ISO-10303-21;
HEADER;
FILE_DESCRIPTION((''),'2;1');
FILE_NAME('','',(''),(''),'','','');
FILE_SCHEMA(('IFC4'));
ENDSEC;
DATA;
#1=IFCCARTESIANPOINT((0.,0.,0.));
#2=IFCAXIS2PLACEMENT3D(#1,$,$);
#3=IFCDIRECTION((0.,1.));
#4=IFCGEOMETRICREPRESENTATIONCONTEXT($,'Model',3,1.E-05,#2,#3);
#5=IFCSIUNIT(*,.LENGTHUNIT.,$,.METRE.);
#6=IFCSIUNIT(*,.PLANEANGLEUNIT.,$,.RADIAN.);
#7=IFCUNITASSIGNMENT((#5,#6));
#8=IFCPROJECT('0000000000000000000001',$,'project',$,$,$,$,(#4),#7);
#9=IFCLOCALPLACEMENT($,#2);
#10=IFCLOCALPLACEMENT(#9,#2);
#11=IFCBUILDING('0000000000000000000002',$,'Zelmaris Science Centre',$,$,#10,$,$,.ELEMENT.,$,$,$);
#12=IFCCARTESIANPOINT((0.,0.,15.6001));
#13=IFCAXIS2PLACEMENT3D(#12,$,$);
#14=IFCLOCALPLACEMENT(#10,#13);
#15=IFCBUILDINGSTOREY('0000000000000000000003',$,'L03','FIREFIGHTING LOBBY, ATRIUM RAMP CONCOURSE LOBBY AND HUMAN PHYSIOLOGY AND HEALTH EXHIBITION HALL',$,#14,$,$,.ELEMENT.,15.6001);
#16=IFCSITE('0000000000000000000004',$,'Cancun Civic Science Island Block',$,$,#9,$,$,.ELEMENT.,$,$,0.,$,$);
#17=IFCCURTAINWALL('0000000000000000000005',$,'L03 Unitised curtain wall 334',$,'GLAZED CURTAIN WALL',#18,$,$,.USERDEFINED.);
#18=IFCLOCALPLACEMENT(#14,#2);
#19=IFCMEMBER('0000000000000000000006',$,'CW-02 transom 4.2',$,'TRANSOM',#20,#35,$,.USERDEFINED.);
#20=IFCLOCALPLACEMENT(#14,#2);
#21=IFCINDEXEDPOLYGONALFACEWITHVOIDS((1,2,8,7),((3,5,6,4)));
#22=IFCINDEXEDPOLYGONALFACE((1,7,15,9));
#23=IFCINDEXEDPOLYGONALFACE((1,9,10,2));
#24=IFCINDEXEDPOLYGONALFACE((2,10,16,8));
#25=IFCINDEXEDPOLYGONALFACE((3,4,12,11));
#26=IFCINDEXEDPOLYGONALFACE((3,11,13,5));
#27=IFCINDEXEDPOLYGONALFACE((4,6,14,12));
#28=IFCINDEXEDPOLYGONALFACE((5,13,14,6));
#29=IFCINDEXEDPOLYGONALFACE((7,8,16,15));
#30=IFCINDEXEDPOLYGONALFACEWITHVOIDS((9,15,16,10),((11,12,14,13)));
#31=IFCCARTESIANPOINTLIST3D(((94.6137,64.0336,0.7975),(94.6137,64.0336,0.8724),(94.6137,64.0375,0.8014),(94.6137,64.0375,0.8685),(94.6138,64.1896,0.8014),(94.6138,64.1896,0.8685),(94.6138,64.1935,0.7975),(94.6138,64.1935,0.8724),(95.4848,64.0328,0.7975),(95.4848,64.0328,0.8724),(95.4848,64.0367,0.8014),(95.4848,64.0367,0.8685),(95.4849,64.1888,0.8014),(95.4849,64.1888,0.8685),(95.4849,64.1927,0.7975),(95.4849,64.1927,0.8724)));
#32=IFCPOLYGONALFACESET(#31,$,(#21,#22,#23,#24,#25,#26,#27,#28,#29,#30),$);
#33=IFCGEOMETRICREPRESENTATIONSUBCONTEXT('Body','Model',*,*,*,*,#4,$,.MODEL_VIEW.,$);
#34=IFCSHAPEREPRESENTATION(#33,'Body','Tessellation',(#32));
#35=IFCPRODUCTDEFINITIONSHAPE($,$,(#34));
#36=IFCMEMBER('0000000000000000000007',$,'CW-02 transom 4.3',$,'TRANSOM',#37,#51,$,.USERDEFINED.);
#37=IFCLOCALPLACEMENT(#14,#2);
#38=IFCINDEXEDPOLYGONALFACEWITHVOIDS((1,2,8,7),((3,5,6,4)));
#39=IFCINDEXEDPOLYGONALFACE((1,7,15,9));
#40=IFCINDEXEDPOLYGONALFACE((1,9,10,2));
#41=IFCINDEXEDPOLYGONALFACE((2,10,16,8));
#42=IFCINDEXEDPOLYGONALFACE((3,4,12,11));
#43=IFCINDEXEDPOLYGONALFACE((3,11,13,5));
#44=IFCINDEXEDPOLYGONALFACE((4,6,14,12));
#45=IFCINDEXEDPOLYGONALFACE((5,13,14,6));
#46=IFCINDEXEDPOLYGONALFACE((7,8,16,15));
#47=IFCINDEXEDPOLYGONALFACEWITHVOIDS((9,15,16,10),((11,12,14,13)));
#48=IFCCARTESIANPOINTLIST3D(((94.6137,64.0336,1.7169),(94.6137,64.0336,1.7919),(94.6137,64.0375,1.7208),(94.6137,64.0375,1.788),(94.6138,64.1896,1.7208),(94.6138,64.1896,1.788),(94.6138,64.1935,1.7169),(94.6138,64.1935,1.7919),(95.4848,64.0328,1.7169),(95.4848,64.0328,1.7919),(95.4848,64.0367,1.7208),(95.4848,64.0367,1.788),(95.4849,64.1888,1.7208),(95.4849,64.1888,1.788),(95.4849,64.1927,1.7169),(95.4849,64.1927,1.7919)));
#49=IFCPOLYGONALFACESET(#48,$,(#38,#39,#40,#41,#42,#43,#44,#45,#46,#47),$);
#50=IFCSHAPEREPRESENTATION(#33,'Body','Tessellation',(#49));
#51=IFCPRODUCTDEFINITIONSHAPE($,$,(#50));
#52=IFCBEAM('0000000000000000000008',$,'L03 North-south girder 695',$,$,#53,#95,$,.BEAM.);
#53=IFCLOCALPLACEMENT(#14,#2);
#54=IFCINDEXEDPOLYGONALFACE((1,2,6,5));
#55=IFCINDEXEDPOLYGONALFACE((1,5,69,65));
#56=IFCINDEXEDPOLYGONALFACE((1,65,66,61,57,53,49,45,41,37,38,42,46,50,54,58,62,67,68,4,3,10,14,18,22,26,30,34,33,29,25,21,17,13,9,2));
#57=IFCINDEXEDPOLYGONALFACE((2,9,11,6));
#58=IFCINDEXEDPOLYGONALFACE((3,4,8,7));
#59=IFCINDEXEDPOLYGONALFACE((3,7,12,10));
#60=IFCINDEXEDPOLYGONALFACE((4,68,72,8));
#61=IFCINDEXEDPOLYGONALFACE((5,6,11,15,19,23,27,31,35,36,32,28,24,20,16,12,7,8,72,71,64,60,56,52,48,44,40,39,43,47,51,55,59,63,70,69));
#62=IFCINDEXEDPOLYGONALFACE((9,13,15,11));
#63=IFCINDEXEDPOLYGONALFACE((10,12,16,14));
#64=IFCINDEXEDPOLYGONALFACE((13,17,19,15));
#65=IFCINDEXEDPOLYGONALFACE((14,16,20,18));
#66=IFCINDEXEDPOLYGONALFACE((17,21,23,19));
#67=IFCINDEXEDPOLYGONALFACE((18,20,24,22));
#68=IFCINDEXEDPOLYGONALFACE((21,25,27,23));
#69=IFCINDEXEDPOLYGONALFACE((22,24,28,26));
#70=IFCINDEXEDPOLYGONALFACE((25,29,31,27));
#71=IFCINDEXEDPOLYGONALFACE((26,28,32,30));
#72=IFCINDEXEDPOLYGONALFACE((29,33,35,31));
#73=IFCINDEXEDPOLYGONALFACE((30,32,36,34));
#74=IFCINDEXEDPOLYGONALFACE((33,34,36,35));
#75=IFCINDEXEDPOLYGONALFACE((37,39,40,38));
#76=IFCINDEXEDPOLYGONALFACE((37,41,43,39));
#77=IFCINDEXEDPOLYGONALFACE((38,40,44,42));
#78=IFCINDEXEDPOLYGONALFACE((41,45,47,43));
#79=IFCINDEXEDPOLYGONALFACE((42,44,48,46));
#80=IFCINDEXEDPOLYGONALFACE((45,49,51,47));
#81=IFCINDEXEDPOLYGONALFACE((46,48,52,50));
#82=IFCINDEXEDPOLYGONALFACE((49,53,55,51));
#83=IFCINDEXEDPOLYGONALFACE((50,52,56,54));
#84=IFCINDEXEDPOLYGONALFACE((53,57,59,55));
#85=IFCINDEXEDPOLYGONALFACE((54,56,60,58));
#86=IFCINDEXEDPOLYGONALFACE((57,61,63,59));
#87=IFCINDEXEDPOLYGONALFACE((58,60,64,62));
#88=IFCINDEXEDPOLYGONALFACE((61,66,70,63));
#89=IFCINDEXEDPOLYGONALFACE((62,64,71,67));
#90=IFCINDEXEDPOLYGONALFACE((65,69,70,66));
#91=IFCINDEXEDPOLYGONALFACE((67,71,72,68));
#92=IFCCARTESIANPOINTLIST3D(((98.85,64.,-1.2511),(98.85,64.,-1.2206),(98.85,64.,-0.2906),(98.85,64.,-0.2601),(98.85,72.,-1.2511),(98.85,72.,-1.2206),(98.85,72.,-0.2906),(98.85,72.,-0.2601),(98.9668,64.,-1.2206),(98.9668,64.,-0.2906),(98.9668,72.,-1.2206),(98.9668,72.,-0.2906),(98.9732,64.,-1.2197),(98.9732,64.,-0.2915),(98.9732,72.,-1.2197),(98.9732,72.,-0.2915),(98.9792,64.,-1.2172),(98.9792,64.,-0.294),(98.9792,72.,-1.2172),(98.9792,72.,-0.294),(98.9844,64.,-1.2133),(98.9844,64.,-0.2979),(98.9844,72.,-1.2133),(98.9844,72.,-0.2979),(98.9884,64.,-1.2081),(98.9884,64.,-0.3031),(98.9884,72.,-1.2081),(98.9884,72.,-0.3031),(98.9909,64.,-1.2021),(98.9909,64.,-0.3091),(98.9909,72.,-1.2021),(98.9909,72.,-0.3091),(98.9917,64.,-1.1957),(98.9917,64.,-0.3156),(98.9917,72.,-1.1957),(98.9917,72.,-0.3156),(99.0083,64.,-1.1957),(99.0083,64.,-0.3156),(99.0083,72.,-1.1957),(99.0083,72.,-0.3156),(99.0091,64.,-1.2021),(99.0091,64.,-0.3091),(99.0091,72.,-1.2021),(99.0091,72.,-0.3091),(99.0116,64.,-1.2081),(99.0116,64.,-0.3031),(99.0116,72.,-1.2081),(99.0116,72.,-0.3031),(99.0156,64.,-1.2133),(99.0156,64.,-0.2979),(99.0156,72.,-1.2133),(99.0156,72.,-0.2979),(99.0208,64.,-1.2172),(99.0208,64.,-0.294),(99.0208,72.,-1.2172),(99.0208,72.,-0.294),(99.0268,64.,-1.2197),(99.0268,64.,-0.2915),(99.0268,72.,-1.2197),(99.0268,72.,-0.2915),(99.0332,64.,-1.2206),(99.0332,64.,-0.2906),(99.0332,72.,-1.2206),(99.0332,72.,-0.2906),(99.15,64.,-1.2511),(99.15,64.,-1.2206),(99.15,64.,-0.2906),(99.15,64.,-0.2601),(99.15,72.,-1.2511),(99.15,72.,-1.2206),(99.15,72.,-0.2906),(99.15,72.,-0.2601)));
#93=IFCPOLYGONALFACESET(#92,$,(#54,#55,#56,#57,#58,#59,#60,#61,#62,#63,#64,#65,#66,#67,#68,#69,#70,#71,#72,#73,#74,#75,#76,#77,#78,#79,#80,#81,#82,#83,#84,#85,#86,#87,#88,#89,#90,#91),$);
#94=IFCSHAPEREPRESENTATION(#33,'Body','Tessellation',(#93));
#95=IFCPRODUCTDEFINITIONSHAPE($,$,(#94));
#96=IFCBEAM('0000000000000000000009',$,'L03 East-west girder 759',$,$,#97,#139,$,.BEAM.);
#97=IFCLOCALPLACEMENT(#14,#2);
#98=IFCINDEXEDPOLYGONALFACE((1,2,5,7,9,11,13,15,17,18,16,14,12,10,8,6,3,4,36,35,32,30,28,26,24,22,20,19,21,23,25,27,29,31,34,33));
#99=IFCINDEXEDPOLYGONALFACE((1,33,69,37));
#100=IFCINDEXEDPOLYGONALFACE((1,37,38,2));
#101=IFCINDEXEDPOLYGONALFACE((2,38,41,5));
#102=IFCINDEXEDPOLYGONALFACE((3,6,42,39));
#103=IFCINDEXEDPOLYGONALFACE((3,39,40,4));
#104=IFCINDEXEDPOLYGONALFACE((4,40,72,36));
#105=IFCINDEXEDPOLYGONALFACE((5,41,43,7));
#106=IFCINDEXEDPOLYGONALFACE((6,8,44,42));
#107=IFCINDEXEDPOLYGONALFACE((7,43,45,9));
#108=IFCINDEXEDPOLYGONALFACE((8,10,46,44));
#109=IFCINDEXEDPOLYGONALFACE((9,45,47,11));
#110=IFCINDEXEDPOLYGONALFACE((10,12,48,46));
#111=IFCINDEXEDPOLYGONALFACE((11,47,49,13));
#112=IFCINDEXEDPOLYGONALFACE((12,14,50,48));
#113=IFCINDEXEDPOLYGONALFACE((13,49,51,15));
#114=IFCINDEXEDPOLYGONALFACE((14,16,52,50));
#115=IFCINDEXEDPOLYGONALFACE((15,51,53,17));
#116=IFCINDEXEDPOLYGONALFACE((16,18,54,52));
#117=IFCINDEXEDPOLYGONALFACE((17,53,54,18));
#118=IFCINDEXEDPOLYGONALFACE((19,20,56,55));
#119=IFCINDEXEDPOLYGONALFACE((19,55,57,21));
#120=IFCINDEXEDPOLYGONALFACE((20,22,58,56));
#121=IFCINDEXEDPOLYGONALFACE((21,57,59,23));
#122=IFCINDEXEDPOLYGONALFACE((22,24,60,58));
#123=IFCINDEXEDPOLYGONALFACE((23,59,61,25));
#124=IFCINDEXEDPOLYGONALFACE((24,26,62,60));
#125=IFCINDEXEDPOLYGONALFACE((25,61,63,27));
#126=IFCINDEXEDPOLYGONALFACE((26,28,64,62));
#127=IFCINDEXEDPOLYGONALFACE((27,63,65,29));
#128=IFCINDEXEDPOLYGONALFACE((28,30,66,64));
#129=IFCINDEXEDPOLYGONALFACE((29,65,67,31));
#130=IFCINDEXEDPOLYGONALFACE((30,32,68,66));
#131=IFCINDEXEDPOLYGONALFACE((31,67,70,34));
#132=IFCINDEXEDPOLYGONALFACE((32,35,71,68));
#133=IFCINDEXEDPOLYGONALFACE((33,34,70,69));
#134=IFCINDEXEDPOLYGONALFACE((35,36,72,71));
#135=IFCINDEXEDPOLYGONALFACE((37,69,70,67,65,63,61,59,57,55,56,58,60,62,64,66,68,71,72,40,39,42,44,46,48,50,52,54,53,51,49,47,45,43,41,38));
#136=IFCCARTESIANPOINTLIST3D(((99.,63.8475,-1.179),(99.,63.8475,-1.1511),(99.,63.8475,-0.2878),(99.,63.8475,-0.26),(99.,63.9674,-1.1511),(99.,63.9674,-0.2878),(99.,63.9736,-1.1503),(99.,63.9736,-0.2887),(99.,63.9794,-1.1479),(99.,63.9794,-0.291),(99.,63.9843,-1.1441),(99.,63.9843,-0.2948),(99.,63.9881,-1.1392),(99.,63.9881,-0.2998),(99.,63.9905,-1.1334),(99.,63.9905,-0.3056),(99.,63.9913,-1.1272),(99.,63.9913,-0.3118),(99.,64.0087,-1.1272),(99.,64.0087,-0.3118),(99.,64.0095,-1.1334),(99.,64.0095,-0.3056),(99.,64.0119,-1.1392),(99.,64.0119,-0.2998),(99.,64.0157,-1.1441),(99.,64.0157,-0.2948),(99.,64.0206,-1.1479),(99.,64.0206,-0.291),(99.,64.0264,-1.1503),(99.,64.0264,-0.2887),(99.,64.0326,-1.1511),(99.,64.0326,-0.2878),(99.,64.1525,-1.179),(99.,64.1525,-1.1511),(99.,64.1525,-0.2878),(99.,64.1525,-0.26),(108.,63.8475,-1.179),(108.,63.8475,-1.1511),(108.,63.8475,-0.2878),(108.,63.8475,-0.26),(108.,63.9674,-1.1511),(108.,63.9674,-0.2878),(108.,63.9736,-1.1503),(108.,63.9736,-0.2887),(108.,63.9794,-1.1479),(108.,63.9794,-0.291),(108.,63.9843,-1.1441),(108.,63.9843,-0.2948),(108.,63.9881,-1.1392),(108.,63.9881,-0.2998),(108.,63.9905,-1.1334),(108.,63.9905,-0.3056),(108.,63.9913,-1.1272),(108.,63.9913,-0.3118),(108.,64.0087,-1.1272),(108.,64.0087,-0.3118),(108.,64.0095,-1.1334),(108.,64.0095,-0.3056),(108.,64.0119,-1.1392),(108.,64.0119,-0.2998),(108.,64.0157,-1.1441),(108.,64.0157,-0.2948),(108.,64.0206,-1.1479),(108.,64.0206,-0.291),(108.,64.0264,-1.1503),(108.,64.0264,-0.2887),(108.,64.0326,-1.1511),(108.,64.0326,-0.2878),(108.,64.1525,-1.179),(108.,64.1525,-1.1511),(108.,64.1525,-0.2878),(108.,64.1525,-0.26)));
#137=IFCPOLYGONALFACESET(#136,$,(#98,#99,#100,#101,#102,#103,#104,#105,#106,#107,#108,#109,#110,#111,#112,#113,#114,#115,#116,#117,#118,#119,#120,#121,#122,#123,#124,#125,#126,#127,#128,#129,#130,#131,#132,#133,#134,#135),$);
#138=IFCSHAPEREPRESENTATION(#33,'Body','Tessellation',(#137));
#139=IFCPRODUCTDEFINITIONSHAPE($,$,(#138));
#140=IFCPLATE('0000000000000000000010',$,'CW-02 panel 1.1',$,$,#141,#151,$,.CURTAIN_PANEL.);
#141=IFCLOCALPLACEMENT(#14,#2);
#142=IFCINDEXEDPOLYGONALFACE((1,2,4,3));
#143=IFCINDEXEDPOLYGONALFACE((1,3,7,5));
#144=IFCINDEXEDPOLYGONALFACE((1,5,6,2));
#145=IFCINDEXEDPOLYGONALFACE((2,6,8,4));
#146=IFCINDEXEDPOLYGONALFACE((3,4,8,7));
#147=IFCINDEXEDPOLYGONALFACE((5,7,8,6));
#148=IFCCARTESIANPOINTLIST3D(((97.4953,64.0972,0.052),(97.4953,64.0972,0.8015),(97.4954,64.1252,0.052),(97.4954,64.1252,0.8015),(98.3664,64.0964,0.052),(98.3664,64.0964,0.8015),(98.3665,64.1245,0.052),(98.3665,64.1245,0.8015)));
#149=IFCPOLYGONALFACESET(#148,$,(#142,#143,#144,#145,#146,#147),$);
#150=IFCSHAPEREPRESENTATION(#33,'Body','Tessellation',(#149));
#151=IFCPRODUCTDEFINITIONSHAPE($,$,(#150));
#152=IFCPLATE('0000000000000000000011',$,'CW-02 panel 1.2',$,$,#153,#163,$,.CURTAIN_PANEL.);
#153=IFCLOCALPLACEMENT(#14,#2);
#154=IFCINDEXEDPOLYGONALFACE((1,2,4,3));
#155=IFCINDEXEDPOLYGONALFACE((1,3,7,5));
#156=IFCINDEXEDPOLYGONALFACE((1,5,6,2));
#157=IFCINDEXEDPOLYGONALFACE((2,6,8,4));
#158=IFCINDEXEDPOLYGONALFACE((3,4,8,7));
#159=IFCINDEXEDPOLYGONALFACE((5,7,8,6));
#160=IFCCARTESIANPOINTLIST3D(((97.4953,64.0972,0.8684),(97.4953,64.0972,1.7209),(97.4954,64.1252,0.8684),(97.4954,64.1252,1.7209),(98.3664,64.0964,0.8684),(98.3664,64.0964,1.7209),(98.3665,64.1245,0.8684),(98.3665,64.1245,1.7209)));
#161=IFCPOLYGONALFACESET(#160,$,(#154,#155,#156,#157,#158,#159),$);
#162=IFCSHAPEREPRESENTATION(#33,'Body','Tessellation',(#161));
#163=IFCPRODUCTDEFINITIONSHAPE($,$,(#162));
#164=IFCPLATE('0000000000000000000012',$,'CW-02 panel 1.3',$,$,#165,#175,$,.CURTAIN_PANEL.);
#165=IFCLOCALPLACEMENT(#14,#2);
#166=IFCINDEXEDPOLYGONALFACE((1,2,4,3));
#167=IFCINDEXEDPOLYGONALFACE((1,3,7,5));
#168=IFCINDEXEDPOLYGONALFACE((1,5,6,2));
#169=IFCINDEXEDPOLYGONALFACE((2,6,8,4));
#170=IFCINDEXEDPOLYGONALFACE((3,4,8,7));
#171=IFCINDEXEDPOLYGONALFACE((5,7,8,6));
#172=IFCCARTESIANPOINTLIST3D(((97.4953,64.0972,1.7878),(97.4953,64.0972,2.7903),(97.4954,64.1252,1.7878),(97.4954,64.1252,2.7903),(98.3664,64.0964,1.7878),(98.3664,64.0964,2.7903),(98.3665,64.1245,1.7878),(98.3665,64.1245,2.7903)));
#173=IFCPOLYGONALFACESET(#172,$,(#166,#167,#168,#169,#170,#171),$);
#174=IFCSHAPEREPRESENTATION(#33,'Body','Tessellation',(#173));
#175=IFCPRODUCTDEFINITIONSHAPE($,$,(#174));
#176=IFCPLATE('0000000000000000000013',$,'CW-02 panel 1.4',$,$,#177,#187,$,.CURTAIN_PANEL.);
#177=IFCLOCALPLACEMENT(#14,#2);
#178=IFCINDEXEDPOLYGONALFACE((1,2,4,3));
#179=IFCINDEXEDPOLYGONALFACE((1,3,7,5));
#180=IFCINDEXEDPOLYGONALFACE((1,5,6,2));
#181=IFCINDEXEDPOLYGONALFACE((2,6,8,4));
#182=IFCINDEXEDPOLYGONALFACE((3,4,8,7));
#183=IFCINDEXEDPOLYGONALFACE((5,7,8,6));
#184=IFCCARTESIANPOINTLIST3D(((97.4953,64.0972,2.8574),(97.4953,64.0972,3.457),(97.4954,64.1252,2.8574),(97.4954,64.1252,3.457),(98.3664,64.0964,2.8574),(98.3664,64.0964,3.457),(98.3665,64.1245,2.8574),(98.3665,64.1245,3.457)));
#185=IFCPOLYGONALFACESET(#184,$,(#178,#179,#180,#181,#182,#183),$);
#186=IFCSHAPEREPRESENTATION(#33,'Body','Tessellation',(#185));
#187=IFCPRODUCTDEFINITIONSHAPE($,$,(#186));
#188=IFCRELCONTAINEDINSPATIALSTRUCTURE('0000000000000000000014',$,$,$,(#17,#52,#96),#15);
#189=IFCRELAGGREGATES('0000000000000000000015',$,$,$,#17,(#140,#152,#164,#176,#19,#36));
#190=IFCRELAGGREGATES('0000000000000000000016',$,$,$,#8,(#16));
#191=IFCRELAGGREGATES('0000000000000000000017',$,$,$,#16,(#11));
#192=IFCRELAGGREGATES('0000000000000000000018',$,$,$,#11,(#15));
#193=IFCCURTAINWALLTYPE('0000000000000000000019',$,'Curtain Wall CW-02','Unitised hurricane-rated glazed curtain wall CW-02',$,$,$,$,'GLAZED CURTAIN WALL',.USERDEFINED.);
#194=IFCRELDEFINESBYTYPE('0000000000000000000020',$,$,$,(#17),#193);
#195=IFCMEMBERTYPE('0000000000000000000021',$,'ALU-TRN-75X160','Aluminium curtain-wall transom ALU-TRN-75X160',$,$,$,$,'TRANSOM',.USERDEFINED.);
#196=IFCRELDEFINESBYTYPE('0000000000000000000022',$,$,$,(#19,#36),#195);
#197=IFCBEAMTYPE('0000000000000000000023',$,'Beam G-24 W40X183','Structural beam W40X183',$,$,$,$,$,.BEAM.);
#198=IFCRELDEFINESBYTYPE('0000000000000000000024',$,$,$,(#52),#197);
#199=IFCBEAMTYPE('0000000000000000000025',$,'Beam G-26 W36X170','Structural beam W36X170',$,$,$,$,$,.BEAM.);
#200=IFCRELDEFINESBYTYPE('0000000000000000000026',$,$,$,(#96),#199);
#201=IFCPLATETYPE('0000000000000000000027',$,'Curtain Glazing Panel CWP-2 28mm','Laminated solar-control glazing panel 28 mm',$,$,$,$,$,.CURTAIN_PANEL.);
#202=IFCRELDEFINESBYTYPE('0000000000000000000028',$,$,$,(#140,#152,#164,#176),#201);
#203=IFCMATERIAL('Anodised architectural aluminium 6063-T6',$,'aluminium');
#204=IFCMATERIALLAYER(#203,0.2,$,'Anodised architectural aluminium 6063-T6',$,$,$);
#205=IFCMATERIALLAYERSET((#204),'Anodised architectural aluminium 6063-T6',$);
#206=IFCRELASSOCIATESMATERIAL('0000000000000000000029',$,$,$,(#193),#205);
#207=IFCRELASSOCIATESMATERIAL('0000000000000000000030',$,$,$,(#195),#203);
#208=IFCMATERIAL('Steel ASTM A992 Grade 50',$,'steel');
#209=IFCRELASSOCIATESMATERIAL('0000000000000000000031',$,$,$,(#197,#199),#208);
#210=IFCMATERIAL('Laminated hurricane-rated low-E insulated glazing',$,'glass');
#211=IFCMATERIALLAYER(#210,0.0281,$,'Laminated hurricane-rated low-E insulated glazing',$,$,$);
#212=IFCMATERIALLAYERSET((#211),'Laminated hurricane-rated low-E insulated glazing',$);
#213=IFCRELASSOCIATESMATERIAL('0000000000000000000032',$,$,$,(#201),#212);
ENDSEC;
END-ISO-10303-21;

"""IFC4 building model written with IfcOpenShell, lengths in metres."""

from ifc_helpers import new_model, si_unit, direction, frame, origin, origin_2d, place, context, subcontext, project, spatial, rectangle, hollow_rectangle, i_section, extrude, material, layer, layer_set, material_profile, profile_set, type_object, element, aggregate, save


model = new_model("IFC4")

# Units and contexts
model_context = context("Model", 3, precision=1e-05, world=origin(), true_north=direction((0.0, 1.0)))
body_context = subcontext(model_context, "Body", "Model", "MODEL_VIEW")
ifc_project = project(units=[si_unit("LENGTHUNIT", "METRE"), si_unit("PLANEANGLEUNIT", "RADIAN")], contexts=[model_context])

# Site, building, storey
site_placement = place(None, origin())
site = spatial("IfcSite", under=ifc_project, at=site_placement, Name="Cancun Civic Science Island Block", CompositionType="ELEMENT", RefElevation=0.0)
building_placement = place(site_placement, origin())
building = spatial("IfcBuilding", under=site, at=building_placement, Name="Zelmaris Science Centre", CompositionType="ELEMENT")
storey_placement = place(building_placement, frame((0.0, 0.0, 15.6001)))
storey = spatial("IfcBuildingStorey", under=building, at=storey_placement, Name="L03", Description="FIREFIGHTING LOBBY, ATRIUM RAMP CONCOURSE LOBBY AND HUMAN PHYSIOLOGY AND HEALTH EXHIBITION HALL", CompositionType="ELEMENT", Elevation=15.6001)

# Shared definitions
ifc_material_1 = material(Name="Steel ASTM A992 Grade 50", Category="steel")

# Curtain wall, members
ifc_material_2 = material(Name="Anodised architectural aluminium 6063-T6", Category="aluminium")
ifc_layer_1 = layer(ifc_material_2, 0.2, Name="Anodised architectural aluminium 6063-T6")
ifc_layer_set_1 = layer_set([ifc_layer_1], Name="Anodised architectural aluminium 6063-T6")
curtain_wall_type = type_object("IfcCurtainWallType", Name="Curtain Wall CW-02", Description="Unitised hurricane-rated glazed curtain wall CW-02", ElementType="GLAZED CURTAIN WALL", PredefinedType="USERDEFINED", material=ifc_layer_set_1)
curtain_wall_placement = place(storey_placement, origin())
curtain_wall = element("IfcCurtainWall", 1, at=curtain_wall_placement, inside=storey, type_object=curtain_wall_type, Name="L03 Unitised curtain wall 334", ObjectType="GLAZED CURTAIN WALL", PredefinedType="USERDEFINED")
ifc_material_profile_1 = material_profile(ifc_material_2, hollow_rectangle(XDim=0.075, YDim=0.1599, WallThickness=0.0039, at=origin_2d()), Name="ALU-TRN-75X160")
ifc_profile_set_1 = profile_set([ifc_material_profile_1], Name="Anodised architectural aluminium 6063-T6")
member_type_1 = type_object("IfcMemberType", Name="ALU-TRN-75X160", Description="Aluminium curtain-wall transom ALU-TRN-75X160", ElementType="TRANSOM", PredefinedType="USERDEFINED", material=ifc_profile_set_1)
member_1_placement = place(storey_placement, frame((95.4849, 64.1128, 0.835), z_axis=(-1.0, 0.000841, 0.0), x_axis=(0.0, 0.0, 1.0)))
member_1 = element("IfcMember", 2, at=member_1_placement, type_object=member_type_1, Name="CW-02 transom 4.2", ObjectType="TRANSOM", PredefinedType="USERDEFINED", context=body_context, shape_type="SweptSolid", body=[
    extrude(hollow_rectangle(XDim=0.075, YDim=0.1599, WallThickness=0.0039, at=origin_2d()), origin(), (0.0, 0.0, 1.0), 0.8711),
])
member_2_placement = place(storey_placement, frame((95.4849, 64.1128, 1.7544), z_axis=(-1.0, 0.000841, 0.0), x_axis=(0.0, 0.0, 1.0)))
member_2 = element("IfcMember", 3, at=member_2_placement, type_object=member_type_1, Name="CW-02 transom 4.3", ObjectType="TRANSOM", PredefinedType="USERDEFINED", context=body_context, shape_type="SweptSolid", body=[
    extrude(hollow_rectangle(XDim=0.075, YDim=0.1599, WallThickness=0.0039, at=origin_2d()), origin(), (0.0, 0.0, 1.0), 0.8711),
])

# Beams
ifc_material_profile_2 = material_profile(ifc_material_1, i_section(OverallWidth=0.3, OverallDepth=0.991, WebThickness=0.0166, FlangeThickness=0.0305, FilletRadius=0.0249, at=origin_2d()), Name="W40X183")
ifc_profile_set_2 = profile_set([ifc_material_profile_2], Name="Steel ASTM A992 Grade 50")
beam_type_1 = type_object("IfcBeamType", Name="Beam G-24 W40X183", Description="Structural beam W40X183", PredefinedType="BEAM", material=ifc_profile_set_2)
beam_1_placement = place(storey_placement, frame((99.0, 64.0, -0.7556), z_axis=(0.0, 1.0, 0.0), x_axis=(-1.0, 0.0, 0.0)))
element("IfcBeam", 4, at=beam_1_placement, inside=storey, type_object=beam_type_1, Name="L03 North-south girder 695", PredefinedType="BEAM", context=body_context, shape_type="SweptSolid", body=[
    extrude(i_section(OverallWidth=0.3, OverallDepth=0.991, WebThickness=0.0166, FlangeThickness=0.0305, FilletRadius=0.0249, at=origin_2d()), origin(), (0.0, 0.0, 1.0), 8.0),
])
ifc_material_profile_3 = material_profile(ifc_material_1, i_section(OverallWidth=0.3049, OverallDepth=0.9189, WebThickness=0.0173, FlangeThickness=0.0278, FilletRadius=0.0239, at=origin_2d()), Name="W36X170")
ifc_profile_set_3 = profile_set([ifc_material_profile_3], Name="Steel ASTM A992 Grade 50")
beam_type_2 = type_object("IfcBeamType", Name="Beam G-26 W36X170", Description="Structural beam W36X170", PredefinedType="BEAM", material=ifc_profile_set_3)
beam_2_placement = place(storey_placement, frame((99.0, 64.0, -0.7195), z_axis=(1.0, 0.0, 0.0), x_axis=(0.0, 1.0, 0.0)))
element("IfcBeam", 5, at=beam_2_placement, inside=storey, type_object=beam_type_2, Name="L03 East-west girder 759", PredefinedType="BEAM", context=body_context, shape_type="SweptSolid", body=[
    extrude(i_section(OverallWidth=0.3049, OverallDepth=0.9189, WebThickness=0.0173, FlangeThickness=0.0278, FilletRadius=0.0239, at=origin_2d()), origin(), (0.0, 0.0, 1.0), 9.0),
])

# Plates
ifc_material_3 = material(Name="Laminated hurricane-rated low-E insulated glazing", Category="glass")
ifc_layer_2 = layer(ifc_material_3, 0.0281, Name="Laminated hurricane-rated low-E insulated glazing")
ifc_layer_set_2 = layer_set([ifc_layer_2], Name="Laminated hurricane-rated low-E insulated glazing")
plate_type = type_object("IfcPlateType", Name="Curtain Glazing Panel CWP-2 28mm", Description="Laminated solar-control glazing panel 28 mm", PredefinedType="CURTAIN_PANEL", material=ifc_layer_set_2)
plate_1_placement = place(storey_placement, frame((97.9309, 64.1108, 0.052), z_axis=(0.0, 0.0, 1.0), x_axis=(-1.0, 0.000849, 0.0)))
plate_1 = element("IfcPlate", 6, at=plate_1_placement, type_object=plate_type, Name="CW-02 panel 1.1", PredefinedType="CURTAIN_PANEL", context=body_context, shape_type="SweptSolid", body=[
    extrude(rectangle(XDim=0.8711, YDim=0.0281, at=origin_2d()), origin(), (0.0, 0.0, 1.0), 0.7495),
])
plate_2_placement = place(storey_placement, frame((97.9309, 64.1108, 0.8684), z_axis=(0.0, 0.0, 1.0), x_axis=(-1.0, 0.000849, 0.0)))
plate_2 = element("IfcPlate", 7, at=plate_2_placement, type_object=plate_type, Name="CW-02 panel 1.2", PredefinedType="CURTAIN_PANEL", context=body_context, shape_type="SweptSolid", body=[
    extrude(rectangle(XDim=0.8711, YDim=0.0281, at=origin_2d()), origin(), (0.0, 0.0, 1.0), 0.8525),
])
plate_3_placement = place(storey_placement, frame((97.9309, 64.1108, 1.7878), z_axis=(0.0, 0.0, 1.0), x_axis=(-1.0, 0.000849, 0.0)))
plate_3 = element("IfcPlate", 8, at=plate_3_placement, type_object=plate_type, Name="CW-02 panel 1.3", PredefinedType="CURTAIN_PANEL", context=body_context, shape_type="SweptSolid", body=[
    extrude(rectangle(XDim=0.8711, YDim=0.0281, at=origin_2d()), origin(), (0.0, 0.0, 1.0), 1.0024),
])
plate_4_placement = place(storey_placement, frame((97.9309, 64.1108, 2.8574), z_axis=(0.0, 0.0, 1.0), x_axis=(-1.0, 0.000849, 0.0)))
plate_4 = element("IfcPlate", 9, at=plate_4_placement, type_object=plate_type, Name="CW-02 panel 1.4", PredefinedType="CURTAIN_PANEL", context=body_context, shape_type="SweptSolid", body=[
    extrude(rectangle(XDim=0.8711, YDim=0.0281, at=origin_2d()), origin(), (0.0, 0.0, 1.0), 0.5996),
])
aggregate(curtain_wall, [plate_1, plate_2, plate_3, plate_4, member_1, member_2])

save(model, "model.ifc")
